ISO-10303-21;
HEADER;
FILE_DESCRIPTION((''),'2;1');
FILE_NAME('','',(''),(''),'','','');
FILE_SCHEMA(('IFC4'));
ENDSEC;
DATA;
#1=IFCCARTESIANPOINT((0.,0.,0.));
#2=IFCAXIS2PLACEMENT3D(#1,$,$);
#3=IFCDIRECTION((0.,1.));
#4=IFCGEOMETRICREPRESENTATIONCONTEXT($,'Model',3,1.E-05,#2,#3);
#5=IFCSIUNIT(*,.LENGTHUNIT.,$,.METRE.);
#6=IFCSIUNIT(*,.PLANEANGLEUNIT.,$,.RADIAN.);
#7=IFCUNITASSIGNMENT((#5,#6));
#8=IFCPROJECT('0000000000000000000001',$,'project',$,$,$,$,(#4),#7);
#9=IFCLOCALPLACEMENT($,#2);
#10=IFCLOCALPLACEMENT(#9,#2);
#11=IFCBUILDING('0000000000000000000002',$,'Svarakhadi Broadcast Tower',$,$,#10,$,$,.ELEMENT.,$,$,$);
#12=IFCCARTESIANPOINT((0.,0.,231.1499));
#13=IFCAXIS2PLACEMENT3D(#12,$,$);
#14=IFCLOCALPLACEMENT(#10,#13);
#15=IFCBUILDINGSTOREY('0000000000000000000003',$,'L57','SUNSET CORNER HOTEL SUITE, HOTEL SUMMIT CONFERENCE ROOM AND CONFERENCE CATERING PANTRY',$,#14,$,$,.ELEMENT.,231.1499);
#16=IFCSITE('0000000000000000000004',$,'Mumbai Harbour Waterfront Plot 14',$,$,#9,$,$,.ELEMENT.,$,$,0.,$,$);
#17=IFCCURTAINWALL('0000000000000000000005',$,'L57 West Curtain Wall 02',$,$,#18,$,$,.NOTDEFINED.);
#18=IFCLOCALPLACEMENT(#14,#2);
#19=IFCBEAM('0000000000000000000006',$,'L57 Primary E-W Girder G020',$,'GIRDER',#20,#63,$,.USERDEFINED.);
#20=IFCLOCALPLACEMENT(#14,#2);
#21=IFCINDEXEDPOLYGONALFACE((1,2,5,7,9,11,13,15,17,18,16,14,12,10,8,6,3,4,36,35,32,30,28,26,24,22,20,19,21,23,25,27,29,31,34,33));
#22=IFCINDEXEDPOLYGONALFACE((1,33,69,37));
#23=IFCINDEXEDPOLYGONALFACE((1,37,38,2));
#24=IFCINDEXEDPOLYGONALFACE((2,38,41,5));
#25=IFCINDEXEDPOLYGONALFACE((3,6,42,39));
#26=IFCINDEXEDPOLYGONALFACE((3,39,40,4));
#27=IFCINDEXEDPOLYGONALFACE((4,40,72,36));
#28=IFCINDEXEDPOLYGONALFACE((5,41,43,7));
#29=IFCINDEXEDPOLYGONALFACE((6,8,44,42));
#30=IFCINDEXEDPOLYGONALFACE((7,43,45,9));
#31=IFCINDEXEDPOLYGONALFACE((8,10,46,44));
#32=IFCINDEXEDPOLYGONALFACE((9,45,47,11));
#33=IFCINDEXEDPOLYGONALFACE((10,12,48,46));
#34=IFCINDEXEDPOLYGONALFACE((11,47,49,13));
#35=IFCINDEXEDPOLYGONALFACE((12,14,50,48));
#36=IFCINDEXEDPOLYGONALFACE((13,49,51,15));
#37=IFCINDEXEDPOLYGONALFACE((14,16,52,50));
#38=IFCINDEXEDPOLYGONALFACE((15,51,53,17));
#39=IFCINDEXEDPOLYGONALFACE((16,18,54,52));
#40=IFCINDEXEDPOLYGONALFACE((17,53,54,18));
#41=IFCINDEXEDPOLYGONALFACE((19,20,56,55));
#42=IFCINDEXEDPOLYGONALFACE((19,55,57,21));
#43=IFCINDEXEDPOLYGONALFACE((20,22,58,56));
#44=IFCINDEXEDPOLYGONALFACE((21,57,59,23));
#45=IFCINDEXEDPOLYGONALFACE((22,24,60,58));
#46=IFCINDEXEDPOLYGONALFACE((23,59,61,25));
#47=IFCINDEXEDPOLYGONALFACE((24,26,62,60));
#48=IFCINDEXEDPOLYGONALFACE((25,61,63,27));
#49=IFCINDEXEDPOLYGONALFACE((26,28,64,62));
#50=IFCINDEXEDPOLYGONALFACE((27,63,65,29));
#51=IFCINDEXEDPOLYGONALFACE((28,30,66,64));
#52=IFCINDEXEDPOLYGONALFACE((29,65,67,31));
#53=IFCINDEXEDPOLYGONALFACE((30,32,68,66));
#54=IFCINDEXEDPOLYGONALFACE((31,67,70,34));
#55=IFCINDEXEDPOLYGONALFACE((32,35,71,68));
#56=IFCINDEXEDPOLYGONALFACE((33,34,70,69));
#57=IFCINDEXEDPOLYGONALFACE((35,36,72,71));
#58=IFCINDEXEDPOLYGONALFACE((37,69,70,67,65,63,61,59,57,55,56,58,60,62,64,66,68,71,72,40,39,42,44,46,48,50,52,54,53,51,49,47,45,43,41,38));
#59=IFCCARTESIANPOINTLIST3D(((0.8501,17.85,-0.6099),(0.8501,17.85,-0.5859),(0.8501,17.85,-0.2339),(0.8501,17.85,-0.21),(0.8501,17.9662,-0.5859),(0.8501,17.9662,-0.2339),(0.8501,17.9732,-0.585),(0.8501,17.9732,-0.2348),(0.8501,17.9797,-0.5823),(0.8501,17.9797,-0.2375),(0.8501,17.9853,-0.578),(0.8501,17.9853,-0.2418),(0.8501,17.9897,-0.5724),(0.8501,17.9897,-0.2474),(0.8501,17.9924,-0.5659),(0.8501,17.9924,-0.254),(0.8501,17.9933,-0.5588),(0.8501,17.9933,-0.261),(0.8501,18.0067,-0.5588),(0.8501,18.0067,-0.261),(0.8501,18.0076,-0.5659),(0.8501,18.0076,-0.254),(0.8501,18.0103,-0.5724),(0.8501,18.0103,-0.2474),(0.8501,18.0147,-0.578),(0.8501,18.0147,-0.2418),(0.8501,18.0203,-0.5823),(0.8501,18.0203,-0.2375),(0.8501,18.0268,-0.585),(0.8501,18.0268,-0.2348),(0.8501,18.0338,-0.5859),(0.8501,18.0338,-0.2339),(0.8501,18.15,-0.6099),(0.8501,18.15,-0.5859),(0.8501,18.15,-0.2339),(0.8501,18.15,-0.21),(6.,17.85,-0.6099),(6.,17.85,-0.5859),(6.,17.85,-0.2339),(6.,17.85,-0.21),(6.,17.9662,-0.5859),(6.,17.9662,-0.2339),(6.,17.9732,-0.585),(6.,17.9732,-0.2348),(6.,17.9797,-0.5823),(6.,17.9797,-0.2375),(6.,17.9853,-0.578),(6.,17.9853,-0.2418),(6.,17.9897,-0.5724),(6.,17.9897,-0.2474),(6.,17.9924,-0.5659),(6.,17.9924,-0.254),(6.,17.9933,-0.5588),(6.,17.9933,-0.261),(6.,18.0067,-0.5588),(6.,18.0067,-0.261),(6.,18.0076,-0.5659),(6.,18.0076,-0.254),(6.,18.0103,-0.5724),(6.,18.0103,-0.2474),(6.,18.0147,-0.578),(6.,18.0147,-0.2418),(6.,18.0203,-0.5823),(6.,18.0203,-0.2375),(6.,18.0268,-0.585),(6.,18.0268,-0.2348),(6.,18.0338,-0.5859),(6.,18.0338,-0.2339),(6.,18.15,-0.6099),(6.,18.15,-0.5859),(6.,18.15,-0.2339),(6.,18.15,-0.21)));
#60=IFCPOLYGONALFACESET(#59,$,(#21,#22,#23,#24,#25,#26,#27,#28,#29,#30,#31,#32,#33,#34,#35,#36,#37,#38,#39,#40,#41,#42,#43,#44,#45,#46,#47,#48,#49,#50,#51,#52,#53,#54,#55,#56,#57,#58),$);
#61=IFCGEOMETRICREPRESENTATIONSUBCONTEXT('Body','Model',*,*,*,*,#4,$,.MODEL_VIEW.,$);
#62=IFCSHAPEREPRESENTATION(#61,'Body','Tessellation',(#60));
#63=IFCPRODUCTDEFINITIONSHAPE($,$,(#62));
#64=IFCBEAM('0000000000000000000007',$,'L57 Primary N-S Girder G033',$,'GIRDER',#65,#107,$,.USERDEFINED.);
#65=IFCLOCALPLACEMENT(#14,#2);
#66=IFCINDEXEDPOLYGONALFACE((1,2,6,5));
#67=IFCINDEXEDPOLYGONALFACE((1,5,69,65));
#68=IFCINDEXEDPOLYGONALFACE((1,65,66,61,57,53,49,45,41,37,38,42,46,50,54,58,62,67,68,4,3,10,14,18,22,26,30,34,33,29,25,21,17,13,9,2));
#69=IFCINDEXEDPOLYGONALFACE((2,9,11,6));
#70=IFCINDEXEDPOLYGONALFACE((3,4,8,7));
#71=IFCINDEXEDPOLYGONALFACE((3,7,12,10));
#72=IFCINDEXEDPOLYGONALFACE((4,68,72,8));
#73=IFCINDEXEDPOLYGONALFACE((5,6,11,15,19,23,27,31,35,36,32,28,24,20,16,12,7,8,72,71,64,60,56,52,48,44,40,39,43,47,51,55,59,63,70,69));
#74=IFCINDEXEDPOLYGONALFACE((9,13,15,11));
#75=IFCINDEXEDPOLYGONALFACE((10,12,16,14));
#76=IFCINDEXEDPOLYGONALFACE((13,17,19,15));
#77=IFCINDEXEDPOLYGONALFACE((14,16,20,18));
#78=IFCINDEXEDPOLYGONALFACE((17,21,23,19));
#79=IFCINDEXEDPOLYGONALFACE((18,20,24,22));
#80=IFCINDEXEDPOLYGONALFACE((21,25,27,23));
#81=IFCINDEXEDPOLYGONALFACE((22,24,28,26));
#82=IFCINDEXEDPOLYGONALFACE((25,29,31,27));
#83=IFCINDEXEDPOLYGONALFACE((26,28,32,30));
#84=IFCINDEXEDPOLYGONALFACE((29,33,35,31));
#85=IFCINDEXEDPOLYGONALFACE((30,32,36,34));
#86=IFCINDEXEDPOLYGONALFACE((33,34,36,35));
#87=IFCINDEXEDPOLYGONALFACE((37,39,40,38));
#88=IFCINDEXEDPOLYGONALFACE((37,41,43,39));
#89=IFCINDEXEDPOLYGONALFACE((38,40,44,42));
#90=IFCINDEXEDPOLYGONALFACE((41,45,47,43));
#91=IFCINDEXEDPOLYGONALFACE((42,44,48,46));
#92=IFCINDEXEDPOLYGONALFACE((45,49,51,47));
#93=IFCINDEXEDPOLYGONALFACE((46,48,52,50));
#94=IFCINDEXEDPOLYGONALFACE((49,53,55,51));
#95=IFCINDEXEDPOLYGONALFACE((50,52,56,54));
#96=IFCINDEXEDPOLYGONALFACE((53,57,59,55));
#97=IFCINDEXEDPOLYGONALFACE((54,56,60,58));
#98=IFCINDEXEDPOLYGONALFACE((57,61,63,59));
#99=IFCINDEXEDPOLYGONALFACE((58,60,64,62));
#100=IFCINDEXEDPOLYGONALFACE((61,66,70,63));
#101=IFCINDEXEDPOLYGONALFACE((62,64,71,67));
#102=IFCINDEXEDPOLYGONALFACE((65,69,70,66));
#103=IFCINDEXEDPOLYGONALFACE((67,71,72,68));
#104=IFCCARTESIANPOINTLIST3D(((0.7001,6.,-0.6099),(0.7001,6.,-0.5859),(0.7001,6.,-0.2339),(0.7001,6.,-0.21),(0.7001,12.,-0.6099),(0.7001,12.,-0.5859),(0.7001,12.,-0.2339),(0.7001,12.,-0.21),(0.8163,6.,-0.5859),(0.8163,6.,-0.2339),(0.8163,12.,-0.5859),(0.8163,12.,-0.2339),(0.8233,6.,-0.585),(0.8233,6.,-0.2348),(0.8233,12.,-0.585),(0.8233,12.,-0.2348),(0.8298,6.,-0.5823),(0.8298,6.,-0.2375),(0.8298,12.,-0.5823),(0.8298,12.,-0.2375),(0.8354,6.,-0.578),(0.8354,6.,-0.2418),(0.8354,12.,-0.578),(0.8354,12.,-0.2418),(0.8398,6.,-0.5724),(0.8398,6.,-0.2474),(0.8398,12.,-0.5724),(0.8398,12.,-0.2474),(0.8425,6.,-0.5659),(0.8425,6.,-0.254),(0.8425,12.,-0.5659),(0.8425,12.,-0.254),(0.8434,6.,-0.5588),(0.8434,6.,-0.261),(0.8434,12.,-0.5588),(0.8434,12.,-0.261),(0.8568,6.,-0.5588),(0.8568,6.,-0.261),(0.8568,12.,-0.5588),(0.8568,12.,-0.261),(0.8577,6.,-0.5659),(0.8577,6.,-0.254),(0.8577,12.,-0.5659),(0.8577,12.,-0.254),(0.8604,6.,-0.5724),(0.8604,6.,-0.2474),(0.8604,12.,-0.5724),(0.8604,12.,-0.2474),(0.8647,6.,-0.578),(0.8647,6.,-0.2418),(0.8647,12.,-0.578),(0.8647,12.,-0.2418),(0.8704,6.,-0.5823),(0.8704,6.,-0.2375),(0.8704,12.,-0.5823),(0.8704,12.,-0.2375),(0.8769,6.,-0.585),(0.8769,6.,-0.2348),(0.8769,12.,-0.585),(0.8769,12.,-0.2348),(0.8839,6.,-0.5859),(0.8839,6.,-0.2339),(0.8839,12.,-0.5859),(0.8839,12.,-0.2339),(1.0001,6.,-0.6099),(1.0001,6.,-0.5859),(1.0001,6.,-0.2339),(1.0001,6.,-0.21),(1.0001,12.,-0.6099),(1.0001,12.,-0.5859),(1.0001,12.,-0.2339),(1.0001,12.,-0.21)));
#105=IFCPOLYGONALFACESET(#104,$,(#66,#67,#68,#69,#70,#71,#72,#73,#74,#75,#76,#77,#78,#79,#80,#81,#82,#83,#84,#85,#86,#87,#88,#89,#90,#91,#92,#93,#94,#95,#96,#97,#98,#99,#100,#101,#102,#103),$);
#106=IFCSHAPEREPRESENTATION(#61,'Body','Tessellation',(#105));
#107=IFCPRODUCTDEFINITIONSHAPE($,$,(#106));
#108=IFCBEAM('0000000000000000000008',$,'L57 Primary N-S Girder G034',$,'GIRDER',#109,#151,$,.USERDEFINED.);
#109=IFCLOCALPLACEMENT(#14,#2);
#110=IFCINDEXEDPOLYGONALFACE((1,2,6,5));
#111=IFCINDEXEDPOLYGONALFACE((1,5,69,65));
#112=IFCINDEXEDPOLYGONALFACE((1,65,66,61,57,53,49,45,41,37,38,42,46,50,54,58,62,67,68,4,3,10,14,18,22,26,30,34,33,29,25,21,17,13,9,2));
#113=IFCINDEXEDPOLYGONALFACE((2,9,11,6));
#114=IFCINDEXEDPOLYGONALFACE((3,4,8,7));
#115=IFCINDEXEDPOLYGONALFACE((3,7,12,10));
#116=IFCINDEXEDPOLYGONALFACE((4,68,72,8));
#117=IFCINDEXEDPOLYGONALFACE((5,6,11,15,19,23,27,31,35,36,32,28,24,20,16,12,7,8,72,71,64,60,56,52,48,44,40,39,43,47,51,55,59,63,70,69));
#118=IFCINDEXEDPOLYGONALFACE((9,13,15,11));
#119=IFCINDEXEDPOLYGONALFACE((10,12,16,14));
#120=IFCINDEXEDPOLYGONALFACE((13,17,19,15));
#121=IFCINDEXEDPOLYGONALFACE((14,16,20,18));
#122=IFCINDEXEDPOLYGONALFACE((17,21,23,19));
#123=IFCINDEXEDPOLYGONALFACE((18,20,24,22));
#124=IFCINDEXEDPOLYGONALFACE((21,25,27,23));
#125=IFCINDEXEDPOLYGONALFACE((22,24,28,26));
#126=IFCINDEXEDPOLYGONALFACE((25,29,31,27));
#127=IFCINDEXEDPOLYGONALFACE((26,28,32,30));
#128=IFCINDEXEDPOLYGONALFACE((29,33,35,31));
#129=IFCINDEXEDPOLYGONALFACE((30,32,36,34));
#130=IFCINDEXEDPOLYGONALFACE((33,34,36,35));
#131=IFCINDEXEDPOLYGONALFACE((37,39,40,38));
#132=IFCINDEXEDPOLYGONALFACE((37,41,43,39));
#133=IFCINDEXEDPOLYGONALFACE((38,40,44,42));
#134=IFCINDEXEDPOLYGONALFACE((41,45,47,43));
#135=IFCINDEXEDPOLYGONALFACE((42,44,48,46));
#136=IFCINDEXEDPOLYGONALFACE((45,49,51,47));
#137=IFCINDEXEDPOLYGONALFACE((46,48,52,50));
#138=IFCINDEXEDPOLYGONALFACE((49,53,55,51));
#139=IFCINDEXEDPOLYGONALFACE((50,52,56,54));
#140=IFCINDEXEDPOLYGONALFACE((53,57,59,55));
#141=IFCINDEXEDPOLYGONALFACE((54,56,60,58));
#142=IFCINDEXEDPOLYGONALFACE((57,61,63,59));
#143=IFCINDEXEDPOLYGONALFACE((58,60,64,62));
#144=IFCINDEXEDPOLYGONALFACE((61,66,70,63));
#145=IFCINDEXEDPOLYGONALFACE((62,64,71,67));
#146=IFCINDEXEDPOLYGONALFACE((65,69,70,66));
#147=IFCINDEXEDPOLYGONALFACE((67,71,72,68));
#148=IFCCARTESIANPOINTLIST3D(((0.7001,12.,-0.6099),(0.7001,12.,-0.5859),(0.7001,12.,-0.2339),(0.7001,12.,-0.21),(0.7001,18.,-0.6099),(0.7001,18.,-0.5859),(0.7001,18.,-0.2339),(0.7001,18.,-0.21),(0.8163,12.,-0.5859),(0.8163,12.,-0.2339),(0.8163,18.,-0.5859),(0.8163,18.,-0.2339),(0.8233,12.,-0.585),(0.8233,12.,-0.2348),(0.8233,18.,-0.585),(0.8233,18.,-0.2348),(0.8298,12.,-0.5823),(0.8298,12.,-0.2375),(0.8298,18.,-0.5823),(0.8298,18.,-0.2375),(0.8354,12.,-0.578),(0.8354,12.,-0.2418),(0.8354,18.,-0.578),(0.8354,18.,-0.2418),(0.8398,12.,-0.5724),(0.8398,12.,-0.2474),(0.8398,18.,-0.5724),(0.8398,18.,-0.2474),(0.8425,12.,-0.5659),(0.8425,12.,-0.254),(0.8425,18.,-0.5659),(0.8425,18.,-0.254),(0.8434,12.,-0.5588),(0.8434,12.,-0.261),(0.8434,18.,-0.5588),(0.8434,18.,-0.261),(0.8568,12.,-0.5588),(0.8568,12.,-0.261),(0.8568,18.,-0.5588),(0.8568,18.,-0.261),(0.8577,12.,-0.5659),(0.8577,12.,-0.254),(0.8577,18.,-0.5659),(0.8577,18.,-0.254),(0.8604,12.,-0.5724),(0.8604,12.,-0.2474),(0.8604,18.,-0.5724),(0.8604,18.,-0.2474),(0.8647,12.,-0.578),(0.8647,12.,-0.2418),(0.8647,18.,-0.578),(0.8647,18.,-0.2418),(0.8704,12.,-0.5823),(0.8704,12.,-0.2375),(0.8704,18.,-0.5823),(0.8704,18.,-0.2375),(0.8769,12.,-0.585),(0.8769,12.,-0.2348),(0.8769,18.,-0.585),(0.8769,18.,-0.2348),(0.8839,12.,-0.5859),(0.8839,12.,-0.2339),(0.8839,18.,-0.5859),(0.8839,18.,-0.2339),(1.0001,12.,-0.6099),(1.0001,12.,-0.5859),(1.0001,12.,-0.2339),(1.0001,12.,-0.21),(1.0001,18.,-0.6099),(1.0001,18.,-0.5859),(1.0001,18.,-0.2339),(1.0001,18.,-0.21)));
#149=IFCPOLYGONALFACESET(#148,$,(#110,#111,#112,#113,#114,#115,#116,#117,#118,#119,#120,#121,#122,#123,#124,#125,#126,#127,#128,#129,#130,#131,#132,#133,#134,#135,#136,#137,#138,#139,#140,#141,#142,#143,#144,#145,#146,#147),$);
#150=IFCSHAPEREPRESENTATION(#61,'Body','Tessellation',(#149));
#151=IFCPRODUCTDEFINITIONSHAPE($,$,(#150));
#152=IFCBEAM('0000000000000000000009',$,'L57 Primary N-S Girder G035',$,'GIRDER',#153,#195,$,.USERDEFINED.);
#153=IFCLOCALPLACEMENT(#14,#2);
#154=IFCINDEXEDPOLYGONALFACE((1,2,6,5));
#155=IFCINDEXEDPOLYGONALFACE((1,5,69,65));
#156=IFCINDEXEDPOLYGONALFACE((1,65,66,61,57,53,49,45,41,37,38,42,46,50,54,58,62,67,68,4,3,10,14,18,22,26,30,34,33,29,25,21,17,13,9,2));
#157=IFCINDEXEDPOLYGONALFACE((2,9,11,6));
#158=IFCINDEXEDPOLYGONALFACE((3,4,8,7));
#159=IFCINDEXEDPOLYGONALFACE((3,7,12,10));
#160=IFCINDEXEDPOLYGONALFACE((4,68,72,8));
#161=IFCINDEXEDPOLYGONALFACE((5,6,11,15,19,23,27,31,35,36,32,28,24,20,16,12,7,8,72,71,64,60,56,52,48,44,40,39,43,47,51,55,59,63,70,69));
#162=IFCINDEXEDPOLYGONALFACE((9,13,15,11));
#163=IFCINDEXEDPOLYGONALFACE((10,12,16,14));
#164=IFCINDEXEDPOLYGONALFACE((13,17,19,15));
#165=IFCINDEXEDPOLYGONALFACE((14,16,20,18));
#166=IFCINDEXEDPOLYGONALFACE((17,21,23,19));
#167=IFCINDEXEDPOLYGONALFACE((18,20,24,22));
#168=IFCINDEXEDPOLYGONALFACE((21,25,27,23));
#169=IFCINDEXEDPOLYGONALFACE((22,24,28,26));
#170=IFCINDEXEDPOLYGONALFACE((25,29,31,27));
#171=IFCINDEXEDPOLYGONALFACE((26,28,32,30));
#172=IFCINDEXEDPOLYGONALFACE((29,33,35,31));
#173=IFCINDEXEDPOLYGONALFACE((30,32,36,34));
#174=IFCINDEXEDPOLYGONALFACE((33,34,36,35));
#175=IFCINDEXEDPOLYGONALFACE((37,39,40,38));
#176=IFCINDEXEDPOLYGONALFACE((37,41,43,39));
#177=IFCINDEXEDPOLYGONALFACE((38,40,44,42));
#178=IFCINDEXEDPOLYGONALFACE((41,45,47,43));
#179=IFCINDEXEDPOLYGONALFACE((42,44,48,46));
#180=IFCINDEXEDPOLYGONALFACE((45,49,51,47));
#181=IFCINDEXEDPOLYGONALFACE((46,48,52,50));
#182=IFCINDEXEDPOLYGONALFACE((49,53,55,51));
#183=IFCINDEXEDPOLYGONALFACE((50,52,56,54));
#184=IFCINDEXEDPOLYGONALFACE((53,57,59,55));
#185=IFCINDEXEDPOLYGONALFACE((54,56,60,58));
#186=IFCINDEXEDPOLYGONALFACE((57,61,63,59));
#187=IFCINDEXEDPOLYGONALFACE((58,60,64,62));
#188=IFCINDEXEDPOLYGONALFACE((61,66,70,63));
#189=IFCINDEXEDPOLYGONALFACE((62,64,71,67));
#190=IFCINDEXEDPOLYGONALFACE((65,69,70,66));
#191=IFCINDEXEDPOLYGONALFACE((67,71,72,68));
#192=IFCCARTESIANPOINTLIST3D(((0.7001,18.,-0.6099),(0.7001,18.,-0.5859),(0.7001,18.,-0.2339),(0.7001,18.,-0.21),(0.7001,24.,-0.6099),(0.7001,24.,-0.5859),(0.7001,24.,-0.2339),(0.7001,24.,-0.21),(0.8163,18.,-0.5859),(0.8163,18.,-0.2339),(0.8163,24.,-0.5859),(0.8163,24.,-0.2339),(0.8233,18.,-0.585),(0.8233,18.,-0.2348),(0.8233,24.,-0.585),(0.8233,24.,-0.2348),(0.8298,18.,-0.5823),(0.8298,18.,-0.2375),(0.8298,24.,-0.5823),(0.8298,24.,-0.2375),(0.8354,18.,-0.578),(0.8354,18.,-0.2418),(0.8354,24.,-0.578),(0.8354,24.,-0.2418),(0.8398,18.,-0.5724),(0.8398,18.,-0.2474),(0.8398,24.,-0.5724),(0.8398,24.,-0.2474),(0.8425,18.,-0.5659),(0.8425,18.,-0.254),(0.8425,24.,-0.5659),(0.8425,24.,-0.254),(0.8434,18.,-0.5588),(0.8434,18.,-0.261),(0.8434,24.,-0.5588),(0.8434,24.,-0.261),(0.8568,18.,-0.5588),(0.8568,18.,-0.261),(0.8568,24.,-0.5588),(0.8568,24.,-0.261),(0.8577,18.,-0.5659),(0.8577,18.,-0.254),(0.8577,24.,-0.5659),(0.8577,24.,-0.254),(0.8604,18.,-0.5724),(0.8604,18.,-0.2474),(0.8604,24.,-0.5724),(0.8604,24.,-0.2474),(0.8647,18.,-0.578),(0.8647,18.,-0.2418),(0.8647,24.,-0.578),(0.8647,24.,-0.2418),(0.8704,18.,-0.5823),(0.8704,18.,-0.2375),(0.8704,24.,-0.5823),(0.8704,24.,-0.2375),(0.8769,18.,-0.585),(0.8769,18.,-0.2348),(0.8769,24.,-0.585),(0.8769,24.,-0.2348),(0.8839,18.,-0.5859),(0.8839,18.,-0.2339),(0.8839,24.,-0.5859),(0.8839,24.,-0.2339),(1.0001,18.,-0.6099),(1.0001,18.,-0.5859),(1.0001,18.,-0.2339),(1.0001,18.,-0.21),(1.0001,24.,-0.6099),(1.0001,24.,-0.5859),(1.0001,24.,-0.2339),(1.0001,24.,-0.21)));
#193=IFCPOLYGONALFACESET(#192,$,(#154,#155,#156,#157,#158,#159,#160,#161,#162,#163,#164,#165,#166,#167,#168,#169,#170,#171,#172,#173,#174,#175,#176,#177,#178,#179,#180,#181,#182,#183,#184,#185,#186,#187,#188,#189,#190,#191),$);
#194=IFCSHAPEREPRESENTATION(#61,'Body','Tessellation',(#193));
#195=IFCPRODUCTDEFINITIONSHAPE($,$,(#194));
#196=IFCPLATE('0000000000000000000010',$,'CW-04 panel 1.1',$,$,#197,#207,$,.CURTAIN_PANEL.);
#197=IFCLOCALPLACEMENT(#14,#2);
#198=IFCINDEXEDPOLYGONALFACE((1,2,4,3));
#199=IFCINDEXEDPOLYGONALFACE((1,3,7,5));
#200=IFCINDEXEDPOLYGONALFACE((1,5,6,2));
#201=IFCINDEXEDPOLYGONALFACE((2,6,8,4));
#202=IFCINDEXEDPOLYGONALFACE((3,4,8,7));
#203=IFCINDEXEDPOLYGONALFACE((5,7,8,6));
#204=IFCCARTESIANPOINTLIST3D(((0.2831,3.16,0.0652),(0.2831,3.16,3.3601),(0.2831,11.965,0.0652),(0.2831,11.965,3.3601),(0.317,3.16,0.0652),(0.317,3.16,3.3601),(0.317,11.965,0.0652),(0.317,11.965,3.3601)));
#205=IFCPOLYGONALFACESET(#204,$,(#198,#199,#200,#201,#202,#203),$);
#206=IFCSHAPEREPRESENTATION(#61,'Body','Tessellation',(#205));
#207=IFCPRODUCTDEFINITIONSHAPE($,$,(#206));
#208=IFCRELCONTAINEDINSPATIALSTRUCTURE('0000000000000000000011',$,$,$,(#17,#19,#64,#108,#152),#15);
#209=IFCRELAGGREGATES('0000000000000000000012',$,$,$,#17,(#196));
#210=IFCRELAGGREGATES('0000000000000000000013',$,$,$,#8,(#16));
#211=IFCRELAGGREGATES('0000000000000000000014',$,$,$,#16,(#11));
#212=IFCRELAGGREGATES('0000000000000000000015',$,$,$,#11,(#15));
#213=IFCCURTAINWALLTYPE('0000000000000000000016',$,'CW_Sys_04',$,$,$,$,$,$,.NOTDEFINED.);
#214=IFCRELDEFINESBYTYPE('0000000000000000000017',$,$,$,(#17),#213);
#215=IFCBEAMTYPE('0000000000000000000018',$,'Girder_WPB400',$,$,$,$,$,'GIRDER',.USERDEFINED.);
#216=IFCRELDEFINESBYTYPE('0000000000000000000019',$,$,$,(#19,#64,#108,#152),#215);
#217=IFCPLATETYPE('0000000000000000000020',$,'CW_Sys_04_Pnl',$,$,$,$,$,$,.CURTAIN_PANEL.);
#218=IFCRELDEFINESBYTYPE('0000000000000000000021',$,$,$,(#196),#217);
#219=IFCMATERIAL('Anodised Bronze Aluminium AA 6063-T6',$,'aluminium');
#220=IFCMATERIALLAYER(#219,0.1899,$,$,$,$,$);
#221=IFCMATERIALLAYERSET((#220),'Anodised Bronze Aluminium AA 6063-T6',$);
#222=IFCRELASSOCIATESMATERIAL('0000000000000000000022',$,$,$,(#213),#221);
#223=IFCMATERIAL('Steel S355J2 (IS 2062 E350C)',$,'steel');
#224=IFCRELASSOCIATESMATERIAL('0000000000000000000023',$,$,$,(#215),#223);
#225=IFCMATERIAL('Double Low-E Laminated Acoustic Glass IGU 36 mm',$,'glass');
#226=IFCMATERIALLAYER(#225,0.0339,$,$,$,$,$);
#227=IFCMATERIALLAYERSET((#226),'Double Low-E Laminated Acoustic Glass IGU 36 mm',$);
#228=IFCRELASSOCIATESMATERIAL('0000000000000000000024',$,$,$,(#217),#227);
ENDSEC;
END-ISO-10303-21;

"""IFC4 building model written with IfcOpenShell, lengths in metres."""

from ifc_helpers import new_model, si_unit, direction, frame, origin, origin_2d, place, context, subcontext, project, spatial, rectangle, i_section, extrude, material, layer, layer_set, material_profile, profile_set, type_object, element, aggregate, save


model = new_model("IFC4")

# Units and contexts
model_context = context("Model", 3, precision=1e-05, world=origin(), true_north=direction((0.0, 1.0)))
body_context = subcontext(model_context, "Body", "Model", "MODEL_VIEW")
ifc_project = project(units=[si_unit("LENGTHUNIT", "METRE"), si_unit("PLANEANGLEUNIT", "RADIAN")], contexts=[model_context])

# Site, building, storey
site_placement = place(None, origin())
site = spatial("IfcSite", under=ifc_project, at=site_placement, Name="Mumbai Harbour Waterfront Plot 14", CompositionType="ELEMENT", RefElevation=0.0)
building_placement = place(site_placement, origin())
building = spatial("IfcBuilding", under=site, at=building_placement, Name="Svarakhadi Broadcast Tower", CompositionType="ELEMENT")
storey_placement = place(building_placement, frame((0.0, 0.0, 231.1499)))
storey = spatial("IfcBuildingStorey", under=building, at=storey_placement, Name="L57", Description="SUNSET CORNER HOTEL SUITE, HOTEL SUMMIT CONFERENCE ROOM AND CONFERENCE CATERING PANTRY", CompositionType="ELEMENT", Elevation=231.1499)

# Shared definitions
ifc_material_1 = material(Name="Steel S355J2 (IS 2062 E350C)", Category="steel")

# Curtain wall
ifc_material_2 = material(Name="Anodised Bronze Aluminium AA 6063-T6", Category="aluminium")
ifc_layer_1 = layer(ifc_material_2, 0.1899)
ifc_layer_set_1 = layer_set([ifc_layer_1], Name="Anodised Bronze Aluminium AA 6063-T6")
curtain_wall_type = type_object("IfcCurtainWallType", Name="CW_Sys_04", PredefinedType="NOTDEFINED", material=ifc_layer_set_1)
curtain_wall_placement = place(storey_placement, origin())
curtain_wall = element("IfcCurtainWall", 1, at=curtain_wall_placement, inside=storey, type_object=curtain_wall_type, Name="L57 West Curtain Wall 02", PredefinedType="NOTDEFINED")

# Beams
ifc_material_profile_1 = material_profile(ifc_material_1, i_section(OverallWidth=0.3, OverallDepth=0.3999, WebThickness=0.0134, FlangeThickness=0.0239, FilletRadius=0.0271, at=origin_2d()), Name="WPB 400x300x155")
ifc_profile_set_1 = profile_set([ifc_material_profile_1], Name="Steel S355J2 (IS 2062 E350C)")
beam_type_1 = type_object("IfcBeamType", Name="Girder_WPB400", ElementType="GIRDER", PredefinedType="USERDEFINED", material=ifc_profile_set_1)
for number, where, z_axis, x_axis, name in (
    (2, (0.8501, 18.0, -0.4099), (1.0, 0.0, 0.0), (0.0, 1.0, 0.0), "L57 Primary E-W Girder G020"),
):
    element("IfcBeam", number, at=place(storey_placement, frame(where, z_axis=z_axis, x_axis=x_axis)), inside=storey, type_object=beam_type_1, Name=name, ObjectType="GIRDER", PredefinedType="USERDEFINED", context=body_context, shape_type="SweptSolid", body=[
        extrude(i_section(OverallWidth=0.3, OverallDepth=0.3999, WebThickness=0.0134, FlangeThickness=0.0239, FilletRadius=0.0271, at=origin_2d()), origin(), (0.0, 0.0, 1.0), 5.1499),
    ])
for number, where, z_axis, x_axis, name in (
    (3, (0.8501, 6.0, -0.4099), (0.0, 1.0, 0.0), (-1.0, 0.0, 0.0), "L57 Primary N-S Girder G033"),
    (4, (0.8501, 12.0, -0.4099), (0.0, 1.0, 0.0), (-1.0, 0.0, 0.0), "L57 Primary N-S Girder G034"),
    (5, (0.8501, 18.0, -0.4099), (0.0, 1.0, 0.0), (-1.0, 0.0, 0.0), "L57 Primary N-S Girder G035"),
):
    element("IfcBeam", number, at=place(storey_placement, frame(where, z_axis=z_axis, x_axis=x_axis)), inside=storey, type_object=beam_type_1, Name=name, ObjectType="GIRDER", PredefinedType="USERDEFINED", context=body_context, shape_type="SweptSolid", body=[
        extrude(i_section(OverallWidth=0.3, OverallDepth=0.3999, WebThickness=0.0134, FlangeThickness=0.0239, FilletRadius=0.0271, at=origin_2d()), origin(), (0.0, 0.0, 1.0), 6.0),
    ])

# Plate
ifc_material_3 = material(Name="Double Low-E Laminated Acoustic Glass IGU 36 mm", Category="glass")
ifc_layer_2 = layer(ifc_material_3, 0.0339)
ifc_layer_set_2 = layer_set([ifc_layer_2], Name="Double Low-E Laminated Acoustic Glass IGU 36 mm")
plate_type_1 = type_object("IfcPlateType", Name="CW_Sys_04_Pnl", PredefinedType="CURTAIN_PANEL", material=ifc_layer_set_2)
plate_1_placement = place(storey_placement, frame((0.3, 7.5625, 0.0652), z_axis=(0.0, 0.0, 1.0), x_axis=(0.0, 1.0, 0.0)))
plate_1 = element("IfcPlate", 6, at=plate_1_placement, type_object=plate_type_1, Name="CW-04 panel 1.1", PredefinedType="CURTAIN_PANEL", context=body_context, shape_type="SweptSolid", body=[
    extrude(rectangle(XDim=8.8049, YDim=0.0339, at=origin_2d()), origin(), (0.0, 0.0, 1.0), 3.2949),
])
aggregate(curtain_wall, [plate_1])

save(model, "model.ifc")
